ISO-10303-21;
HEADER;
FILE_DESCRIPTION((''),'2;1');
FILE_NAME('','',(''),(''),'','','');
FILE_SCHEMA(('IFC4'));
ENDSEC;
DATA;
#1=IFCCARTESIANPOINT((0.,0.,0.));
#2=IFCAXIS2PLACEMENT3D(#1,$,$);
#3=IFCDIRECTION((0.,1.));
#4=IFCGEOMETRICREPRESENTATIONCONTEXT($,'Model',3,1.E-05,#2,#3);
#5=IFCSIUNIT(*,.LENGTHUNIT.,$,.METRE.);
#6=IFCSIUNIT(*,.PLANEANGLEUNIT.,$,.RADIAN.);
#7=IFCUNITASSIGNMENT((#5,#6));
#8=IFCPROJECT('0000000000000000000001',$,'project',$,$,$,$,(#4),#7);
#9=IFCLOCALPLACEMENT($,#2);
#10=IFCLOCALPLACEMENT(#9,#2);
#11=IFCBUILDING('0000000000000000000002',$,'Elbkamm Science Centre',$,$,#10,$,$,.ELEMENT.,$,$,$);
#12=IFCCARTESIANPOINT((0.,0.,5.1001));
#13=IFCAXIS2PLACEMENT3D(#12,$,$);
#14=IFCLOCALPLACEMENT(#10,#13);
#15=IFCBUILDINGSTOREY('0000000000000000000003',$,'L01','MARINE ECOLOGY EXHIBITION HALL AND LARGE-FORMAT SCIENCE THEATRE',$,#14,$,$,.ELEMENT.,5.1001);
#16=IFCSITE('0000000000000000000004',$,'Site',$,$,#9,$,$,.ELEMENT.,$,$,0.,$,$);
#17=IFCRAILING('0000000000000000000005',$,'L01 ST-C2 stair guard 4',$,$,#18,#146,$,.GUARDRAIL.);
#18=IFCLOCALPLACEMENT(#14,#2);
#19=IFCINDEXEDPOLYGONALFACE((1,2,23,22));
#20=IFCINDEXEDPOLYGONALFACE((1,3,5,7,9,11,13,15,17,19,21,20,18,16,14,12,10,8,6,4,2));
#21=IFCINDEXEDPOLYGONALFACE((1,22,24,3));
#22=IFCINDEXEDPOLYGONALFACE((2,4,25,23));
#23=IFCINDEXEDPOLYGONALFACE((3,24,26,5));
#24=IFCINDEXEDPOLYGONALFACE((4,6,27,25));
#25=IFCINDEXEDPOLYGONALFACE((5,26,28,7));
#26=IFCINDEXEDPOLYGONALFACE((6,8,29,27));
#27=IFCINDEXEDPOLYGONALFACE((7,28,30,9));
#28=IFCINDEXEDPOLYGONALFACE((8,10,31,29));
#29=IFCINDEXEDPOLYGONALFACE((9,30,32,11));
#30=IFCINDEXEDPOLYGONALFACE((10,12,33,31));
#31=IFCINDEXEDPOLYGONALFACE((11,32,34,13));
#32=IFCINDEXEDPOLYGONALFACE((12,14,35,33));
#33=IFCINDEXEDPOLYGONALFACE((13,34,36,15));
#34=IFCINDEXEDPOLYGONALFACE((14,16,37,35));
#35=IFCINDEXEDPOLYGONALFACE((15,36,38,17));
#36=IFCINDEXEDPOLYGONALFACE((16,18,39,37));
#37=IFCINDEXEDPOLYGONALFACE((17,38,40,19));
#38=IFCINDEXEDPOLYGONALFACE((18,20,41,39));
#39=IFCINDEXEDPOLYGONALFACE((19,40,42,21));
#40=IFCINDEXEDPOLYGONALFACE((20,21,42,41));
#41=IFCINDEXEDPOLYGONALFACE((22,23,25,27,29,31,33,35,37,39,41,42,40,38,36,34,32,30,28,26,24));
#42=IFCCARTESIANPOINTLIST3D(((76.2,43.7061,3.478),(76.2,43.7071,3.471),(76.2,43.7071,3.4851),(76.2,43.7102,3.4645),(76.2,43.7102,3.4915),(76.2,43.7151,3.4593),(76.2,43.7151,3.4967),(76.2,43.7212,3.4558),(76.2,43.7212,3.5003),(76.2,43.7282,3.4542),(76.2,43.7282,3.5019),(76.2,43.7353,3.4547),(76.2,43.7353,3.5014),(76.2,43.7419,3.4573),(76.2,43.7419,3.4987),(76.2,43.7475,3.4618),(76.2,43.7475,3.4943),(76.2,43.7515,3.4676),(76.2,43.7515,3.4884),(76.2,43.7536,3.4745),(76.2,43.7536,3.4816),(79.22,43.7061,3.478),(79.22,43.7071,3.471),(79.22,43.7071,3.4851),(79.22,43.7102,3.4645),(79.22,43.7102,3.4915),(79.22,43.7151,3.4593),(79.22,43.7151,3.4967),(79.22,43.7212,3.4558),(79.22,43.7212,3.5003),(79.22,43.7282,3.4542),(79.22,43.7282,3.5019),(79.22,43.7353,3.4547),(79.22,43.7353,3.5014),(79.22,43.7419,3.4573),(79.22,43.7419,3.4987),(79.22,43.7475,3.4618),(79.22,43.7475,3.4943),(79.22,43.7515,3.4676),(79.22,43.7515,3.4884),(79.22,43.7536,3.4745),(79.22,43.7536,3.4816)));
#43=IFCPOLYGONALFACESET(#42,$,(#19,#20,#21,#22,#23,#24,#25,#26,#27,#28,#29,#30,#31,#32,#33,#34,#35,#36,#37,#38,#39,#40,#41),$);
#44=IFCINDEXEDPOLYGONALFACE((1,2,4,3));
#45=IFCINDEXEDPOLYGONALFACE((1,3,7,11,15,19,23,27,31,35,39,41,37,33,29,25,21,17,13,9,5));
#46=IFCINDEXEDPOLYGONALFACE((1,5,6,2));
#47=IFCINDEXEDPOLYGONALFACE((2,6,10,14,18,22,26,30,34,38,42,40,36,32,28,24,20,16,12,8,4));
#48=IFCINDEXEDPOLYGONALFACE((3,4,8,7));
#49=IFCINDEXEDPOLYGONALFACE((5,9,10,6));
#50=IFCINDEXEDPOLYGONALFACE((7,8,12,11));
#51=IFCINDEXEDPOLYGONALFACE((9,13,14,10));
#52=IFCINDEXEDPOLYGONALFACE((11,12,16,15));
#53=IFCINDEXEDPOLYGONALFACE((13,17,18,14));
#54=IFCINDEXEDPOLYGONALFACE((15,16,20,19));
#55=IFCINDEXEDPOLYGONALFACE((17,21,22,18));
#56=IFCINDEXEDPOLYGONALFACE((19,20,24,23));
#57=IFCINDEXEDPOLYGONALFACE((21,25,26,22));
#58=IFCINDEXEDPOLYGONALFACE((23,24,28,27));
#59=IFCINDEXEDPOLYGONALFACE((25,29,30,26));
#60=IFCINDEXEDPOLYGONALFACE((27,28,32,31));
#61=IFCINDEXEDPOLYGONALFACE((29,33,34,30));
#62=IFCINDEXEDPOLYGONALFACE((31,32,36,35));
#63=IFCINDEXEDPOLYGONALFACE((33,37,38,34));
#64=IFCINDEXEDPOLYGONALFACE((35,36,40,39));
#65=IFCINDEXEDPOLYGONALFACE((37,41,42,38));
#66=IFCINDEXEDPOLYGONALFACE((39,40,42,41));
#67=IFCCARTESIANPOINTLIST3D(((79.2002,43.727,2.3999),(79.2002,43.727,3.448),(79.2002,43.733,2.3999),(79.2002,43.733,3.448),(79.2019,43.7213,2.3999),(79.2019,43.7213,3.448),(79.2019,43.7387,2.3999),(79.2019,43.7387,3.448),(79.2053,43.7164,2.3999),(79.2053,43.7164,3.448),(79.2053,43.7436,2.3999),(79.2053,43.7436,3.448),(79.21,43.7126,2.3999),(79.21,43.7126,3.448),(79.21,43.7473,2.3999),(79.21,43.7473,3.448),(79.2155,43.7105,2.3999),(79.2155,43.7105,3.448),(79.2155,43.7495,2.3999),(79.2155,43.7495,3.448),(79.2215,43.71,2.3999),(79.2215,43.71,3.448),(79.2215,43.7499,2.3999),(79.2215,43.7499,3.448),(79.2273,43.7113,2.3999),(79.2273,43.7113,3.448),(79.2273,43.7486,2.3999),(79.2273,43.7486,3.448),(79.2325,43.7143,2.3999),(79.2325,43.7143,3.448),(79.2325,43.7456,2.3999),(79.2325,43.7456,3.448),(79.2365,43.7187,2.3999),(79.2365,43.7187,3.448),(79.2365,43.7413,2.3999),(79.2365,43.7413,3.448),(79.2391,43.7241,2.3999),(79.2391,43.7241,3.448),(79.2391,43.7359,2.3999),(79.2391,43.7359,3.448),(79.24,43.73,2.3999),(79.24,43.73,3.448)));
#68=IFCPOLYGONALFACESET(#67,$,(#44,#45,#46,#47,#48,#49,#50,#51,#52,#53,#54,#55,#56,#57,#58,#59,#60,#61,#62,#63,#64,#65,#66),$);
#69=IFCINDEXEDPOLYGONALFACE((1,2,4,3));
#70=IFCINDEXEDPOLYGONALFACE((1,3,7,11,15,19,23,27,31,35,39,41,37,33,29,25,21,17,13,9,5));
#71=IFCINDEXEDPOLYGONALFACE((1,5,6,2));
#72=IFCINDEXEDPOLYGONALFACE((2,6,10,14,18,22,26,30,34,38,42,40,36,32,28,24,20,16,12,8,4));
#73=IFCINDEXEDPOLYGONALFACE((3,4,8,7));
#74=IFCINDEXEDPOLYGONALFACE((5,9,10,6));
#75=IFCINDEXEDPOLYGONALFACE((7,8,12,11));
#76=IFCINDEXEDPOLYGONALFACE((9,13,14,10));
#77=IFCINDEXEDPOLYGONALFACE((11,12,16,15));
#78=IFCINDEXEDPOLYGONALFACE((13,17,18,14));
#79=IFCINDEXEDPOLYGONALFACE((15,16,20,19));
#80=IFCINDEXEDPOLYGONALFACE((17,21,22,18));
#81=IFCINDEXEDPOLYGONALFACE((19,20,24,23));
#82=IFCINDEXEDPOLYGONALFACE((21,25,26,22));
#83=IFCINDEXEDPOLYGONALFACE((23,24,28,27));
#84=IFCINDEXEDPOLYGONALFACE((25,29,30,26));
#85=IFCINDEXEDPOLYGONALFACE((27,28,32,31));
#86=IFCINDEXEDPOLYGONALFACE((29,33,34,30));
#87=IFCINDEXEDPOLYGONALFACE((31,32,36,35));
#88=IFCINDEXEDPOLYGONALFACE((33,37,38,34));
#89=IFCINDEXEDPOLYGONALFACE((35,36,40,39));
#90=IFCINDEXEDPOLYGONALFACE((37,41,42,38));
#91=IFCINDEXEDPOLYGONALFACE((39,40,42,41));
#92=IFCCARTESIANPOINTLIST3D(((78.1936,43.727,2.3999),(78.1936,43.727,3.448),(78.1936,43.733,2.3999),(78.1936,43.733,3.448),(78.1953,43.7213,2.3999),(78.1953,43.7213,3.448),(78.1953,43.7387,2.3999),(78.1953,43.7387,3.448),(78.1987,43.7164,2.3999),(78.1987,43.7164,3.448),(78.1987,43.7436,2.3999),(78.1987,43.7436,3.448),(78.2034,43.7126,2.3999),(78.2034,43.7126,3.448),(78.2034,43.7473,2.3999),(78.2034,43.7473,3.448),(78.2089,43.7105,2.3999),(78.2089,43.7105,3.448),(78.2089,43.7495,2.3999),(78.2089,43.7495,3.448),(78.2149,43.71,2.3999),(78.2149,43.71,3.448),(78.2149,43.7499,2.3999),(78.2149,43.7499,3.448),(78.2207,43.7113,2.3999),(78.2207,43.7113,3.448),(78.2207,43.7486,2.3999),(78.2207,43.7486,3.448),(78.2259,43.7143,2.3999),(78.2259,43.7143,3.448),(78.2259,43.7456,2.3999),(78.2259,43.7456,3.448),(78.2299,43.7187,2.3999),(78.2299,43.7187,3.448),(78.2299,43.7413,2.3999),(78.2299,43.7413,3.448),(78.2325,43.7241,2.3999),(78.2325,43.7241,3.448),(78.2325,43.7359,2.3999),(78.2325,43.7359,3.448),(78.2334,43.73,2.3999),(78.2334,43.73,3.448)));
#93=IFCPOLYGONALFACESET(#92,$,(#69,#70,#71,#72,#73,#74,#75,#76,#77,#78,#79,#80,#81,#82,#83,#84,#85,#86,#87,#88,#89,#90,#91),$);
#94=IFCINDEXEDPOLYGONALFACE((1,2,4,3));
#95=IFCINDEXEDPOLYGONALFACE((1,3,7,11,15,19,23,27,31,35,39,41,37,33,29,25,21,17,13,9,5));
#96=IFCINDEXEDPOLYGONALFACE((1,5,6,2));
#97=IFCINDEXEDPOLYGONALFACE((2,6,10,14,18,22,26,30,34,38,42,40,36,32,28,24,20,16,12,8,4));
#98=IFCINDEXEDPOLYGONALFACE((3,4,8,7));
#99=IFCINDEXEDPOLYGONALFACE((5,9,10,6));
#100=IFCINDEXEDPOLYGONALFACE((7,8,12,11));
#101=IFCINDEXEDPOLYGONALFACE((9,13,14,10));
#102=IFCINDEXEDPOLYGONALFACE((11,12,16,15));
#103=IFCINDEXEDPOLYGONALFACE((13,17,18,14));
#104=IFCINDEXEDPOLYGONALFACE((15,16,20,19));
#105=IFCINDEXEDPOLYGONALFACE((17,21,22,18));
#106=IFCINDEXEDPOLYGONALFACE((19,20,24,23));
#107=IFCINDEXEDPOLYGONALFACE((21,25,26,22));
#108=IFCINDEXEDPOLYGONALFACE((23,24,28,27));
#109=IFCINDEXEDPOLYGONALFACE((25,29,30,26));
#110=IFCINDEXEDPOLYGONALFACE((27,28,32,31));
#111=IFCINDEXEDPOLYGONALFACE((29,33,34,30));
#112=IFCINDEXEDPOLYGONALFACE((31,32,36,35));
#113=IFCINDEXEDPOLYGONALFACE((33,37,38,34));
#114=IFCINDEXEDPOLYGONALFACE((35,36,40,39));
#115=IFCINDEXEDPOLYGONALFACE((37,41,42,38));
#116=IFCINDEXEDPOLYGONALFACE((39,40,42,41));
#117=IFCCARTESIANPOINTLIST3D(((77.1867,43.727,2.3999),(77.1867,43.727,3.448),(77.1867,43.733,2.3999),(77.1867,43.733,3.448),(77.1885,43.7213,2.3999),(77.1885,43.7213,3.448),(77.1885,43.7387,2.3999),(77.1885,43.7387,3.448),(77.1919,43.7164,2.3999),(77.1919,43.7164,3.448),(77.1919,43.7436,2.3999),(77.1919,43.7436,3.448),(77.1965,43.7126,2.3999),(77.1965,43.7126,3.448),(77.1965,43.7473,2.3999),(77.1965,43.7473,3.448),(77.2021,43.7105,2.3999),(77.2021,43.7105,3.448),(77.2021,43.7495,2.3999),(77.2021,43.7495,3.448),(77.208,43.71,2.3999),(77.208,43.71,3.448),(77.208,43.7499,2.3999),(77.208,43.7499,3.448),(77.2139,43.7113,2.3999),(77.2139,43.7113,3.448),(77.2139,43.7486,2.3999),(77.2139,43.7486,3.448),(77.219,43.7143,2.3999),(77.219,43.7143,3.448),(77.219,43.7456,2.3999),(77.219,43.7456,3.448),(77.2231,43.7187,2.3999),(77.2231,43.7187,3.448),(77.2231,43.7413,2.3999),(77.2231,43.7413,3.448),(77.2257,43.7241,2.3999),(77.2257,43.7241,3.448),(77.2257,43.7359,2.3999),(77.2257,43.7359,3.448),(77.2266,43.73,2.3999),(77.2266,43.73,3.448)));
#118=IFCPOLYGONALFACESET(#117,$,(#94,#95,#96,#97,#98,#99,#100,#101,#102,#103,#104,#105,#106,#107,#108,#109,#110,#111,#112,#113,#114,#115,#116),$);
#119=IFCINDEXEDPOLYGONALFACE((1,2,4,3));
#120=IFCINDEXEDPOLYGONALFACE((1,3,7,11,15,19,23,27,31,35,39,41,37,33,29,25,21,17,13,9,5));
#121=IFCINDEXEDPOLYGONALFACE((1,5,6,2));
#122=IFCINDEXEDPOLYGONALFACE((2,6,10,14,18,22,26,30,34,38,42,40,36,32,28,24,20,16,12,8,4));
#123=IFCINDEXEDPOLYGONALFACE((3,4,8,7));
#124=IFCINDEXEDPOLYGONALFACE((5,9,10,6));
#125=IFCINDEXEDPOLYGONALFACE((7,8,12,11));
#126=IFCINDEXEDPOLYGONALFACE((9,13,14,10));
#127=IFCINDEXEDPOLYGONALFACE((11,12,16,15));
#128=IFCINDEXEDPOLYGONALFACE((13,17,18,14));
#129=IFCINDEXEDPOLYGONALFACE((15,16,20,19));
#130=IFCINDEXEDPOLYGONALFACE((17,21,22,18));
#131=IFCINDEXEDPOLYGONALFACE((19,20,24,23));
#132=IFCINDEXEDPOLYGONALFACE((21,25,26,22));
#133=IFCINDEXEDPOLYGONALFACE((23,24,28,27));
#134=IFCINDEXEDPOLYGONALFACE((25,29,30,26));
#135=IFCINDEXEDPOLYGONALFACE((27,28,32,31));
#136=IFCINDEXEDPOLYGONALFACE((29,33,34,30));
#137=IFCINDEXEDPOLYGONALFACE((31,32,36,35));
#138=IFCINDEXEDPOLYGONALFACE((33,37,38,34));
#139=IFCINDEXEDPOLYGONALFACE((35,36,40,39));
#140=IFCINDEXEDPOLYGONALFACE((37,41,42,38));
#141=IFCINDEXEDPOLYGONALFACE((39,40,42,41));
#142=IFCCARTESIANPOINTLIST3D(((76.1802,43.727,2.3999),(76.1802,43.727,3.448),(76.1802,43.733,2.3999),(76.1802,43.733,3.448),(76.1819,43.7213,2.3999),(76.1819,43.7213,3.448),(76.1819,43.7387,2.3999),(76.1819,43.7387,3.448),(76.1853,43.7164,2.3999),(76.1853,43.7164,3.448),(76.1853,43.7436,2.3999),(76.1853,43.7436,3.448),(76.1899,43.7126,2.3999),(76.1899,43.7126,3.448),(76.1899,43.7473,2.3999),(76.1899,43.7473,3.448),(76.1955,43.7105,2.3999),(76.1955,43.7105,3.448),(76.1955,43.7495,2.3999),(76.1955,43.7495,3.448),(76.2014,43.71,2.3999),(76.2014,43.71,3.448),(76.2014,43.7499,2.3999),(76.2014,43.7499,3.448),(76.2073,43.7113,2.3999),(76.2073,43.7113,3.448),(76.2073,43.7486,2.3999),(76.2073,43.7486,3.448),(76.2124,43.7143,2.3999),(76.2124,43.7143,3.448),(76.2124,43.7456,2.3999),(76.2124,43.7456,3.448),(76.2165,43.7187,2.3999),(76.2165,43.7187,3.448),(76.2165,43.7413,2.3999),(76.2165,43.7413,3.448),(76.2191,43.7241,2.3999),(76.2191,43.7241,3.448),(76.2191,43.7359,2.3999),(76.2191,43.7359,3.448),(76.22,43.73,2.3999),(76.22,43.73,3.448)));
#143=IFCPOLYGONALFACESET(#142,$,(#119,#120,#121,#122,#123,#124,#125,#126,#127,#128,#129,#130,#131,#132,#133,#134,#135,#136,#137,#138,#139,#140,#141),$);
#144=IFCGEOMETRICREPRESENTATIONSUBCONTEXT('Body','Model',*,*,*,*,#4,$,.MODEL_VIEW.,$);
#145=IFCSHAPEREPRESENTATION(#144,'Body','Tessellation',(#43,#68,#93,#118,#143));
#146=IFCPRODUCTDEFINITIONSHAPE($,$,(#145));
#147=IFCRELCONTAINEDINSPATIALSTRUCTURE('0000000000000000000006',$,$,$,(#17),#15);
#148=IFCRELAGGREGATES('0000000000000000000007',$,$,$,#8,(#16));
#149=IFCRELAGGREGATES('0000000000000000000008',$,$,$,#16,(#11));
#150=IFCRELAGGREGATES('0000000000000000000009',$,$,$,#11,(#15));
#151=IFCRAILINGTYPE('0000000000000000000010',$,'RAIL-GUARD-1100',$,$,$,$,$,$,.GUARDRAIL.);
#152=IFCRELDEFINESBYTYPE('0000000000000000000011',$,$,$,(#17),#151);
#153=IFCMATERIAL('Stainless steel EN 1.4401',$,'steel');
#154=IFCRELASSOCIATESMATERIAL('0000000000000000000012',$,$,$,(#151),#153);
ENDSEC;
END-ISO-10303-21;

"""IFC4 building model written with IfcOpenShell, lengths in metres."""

from ifc_helpers import new_model, si_unit, direction, frame, origin, origin_2d, place, context, subcontext, project, spatial, circle, extrude, material, type_object, element, save


model = new_model("IFC4")

# Units and contexts
model_context = context("Model", 3, precision=1e-05, world=origin(), true_north=direction((0.0, 1.0)))
body_context = subcontext(model_context, "Body", "Model", "MODEL_VIEW")
ifc_project = project(units=[si_unit("LENGTHUNIT", "METRE"), si_unit("PLANEANGLEUNIT", "RADIAN")], contexts=[model_context])

# Site, building, storey
site_placement = place(None, origin())
site = spatial("IfcSite", under=ifc_project, at=site_placement, Name="Site", CompositionType="ELEMENT", RefElevation=0.0)
building_placement = place(site_placement, origin())
building = spatial("IfcBuilding", under=site, at=building_placement, Name="Elbkamm Science Centre", CompositionType="ELEMENT")
storey_placement = place(building_placement, frame((0.0, 0.0, 5.1001)))
storey = spatial("IfcBuildingStorey", under=building, at=storey_placement, Name="L01", Description="MARINE ECOLOGY EXHIBITION HALL AND LARGE-FORMAT SCIENCE THEATRE", CompositionType="ELEMENT", Elevation=5.1001)

# Railing
ifc_material_1 = material(Name="Stainless steel EN 1.4401", Category="steel")
railing_type_1 = type_object("IfcRailingType", Name="RAIL-GUARD-1100", PredefinedType="GUARDRAIL", material=ifc_material_1)
for number, where, name in (
    (1, (79.22, 43.73, 2.3999), "L01 ST-C2 stair guard 4"),
):
    element("IfcRailing", number, at=place(storey_placement, frame(where)), inside=storey, type_object=railing_type_1, Name=name, PredefinedType="GUARDRAIL", context=body_context, shape_type="SweptSolid", body=[
        extrude(circle(Radius=0.0239, at=origin_2d()), frame((0.0, 0.0, 1.0781), z_axis=(-1.0, 0.0, 0.0), x_axis=(0.0, -1.0, 0.0)), (0.0, 0.0, 1.0), 3.02),
        extrude(circle(Radius=0.02, at=origin_2d()), origin(), (0.0, 0.0, 1.0), 1.0481),
        extrude(circle(Radius=0.02, at=origin_2d()), frame((-1.0066, 0.0, 0.0)), (0.0, 0.0, 1.0), 1.0481),
        extrude(circle(Radius=0.02, at=origin_2d()), frame((-2.0134, 0.0, 0.0)), (0.0, 0.0, 1.0), 1.0481),
        extrude(circle(Radius=0.02, at=origin_2d()), frame((-3.02, 0.0, 0.0)), (0.0, 0.0, 1.0), 1.0481),
    ])

save(model, "model.ifc")
